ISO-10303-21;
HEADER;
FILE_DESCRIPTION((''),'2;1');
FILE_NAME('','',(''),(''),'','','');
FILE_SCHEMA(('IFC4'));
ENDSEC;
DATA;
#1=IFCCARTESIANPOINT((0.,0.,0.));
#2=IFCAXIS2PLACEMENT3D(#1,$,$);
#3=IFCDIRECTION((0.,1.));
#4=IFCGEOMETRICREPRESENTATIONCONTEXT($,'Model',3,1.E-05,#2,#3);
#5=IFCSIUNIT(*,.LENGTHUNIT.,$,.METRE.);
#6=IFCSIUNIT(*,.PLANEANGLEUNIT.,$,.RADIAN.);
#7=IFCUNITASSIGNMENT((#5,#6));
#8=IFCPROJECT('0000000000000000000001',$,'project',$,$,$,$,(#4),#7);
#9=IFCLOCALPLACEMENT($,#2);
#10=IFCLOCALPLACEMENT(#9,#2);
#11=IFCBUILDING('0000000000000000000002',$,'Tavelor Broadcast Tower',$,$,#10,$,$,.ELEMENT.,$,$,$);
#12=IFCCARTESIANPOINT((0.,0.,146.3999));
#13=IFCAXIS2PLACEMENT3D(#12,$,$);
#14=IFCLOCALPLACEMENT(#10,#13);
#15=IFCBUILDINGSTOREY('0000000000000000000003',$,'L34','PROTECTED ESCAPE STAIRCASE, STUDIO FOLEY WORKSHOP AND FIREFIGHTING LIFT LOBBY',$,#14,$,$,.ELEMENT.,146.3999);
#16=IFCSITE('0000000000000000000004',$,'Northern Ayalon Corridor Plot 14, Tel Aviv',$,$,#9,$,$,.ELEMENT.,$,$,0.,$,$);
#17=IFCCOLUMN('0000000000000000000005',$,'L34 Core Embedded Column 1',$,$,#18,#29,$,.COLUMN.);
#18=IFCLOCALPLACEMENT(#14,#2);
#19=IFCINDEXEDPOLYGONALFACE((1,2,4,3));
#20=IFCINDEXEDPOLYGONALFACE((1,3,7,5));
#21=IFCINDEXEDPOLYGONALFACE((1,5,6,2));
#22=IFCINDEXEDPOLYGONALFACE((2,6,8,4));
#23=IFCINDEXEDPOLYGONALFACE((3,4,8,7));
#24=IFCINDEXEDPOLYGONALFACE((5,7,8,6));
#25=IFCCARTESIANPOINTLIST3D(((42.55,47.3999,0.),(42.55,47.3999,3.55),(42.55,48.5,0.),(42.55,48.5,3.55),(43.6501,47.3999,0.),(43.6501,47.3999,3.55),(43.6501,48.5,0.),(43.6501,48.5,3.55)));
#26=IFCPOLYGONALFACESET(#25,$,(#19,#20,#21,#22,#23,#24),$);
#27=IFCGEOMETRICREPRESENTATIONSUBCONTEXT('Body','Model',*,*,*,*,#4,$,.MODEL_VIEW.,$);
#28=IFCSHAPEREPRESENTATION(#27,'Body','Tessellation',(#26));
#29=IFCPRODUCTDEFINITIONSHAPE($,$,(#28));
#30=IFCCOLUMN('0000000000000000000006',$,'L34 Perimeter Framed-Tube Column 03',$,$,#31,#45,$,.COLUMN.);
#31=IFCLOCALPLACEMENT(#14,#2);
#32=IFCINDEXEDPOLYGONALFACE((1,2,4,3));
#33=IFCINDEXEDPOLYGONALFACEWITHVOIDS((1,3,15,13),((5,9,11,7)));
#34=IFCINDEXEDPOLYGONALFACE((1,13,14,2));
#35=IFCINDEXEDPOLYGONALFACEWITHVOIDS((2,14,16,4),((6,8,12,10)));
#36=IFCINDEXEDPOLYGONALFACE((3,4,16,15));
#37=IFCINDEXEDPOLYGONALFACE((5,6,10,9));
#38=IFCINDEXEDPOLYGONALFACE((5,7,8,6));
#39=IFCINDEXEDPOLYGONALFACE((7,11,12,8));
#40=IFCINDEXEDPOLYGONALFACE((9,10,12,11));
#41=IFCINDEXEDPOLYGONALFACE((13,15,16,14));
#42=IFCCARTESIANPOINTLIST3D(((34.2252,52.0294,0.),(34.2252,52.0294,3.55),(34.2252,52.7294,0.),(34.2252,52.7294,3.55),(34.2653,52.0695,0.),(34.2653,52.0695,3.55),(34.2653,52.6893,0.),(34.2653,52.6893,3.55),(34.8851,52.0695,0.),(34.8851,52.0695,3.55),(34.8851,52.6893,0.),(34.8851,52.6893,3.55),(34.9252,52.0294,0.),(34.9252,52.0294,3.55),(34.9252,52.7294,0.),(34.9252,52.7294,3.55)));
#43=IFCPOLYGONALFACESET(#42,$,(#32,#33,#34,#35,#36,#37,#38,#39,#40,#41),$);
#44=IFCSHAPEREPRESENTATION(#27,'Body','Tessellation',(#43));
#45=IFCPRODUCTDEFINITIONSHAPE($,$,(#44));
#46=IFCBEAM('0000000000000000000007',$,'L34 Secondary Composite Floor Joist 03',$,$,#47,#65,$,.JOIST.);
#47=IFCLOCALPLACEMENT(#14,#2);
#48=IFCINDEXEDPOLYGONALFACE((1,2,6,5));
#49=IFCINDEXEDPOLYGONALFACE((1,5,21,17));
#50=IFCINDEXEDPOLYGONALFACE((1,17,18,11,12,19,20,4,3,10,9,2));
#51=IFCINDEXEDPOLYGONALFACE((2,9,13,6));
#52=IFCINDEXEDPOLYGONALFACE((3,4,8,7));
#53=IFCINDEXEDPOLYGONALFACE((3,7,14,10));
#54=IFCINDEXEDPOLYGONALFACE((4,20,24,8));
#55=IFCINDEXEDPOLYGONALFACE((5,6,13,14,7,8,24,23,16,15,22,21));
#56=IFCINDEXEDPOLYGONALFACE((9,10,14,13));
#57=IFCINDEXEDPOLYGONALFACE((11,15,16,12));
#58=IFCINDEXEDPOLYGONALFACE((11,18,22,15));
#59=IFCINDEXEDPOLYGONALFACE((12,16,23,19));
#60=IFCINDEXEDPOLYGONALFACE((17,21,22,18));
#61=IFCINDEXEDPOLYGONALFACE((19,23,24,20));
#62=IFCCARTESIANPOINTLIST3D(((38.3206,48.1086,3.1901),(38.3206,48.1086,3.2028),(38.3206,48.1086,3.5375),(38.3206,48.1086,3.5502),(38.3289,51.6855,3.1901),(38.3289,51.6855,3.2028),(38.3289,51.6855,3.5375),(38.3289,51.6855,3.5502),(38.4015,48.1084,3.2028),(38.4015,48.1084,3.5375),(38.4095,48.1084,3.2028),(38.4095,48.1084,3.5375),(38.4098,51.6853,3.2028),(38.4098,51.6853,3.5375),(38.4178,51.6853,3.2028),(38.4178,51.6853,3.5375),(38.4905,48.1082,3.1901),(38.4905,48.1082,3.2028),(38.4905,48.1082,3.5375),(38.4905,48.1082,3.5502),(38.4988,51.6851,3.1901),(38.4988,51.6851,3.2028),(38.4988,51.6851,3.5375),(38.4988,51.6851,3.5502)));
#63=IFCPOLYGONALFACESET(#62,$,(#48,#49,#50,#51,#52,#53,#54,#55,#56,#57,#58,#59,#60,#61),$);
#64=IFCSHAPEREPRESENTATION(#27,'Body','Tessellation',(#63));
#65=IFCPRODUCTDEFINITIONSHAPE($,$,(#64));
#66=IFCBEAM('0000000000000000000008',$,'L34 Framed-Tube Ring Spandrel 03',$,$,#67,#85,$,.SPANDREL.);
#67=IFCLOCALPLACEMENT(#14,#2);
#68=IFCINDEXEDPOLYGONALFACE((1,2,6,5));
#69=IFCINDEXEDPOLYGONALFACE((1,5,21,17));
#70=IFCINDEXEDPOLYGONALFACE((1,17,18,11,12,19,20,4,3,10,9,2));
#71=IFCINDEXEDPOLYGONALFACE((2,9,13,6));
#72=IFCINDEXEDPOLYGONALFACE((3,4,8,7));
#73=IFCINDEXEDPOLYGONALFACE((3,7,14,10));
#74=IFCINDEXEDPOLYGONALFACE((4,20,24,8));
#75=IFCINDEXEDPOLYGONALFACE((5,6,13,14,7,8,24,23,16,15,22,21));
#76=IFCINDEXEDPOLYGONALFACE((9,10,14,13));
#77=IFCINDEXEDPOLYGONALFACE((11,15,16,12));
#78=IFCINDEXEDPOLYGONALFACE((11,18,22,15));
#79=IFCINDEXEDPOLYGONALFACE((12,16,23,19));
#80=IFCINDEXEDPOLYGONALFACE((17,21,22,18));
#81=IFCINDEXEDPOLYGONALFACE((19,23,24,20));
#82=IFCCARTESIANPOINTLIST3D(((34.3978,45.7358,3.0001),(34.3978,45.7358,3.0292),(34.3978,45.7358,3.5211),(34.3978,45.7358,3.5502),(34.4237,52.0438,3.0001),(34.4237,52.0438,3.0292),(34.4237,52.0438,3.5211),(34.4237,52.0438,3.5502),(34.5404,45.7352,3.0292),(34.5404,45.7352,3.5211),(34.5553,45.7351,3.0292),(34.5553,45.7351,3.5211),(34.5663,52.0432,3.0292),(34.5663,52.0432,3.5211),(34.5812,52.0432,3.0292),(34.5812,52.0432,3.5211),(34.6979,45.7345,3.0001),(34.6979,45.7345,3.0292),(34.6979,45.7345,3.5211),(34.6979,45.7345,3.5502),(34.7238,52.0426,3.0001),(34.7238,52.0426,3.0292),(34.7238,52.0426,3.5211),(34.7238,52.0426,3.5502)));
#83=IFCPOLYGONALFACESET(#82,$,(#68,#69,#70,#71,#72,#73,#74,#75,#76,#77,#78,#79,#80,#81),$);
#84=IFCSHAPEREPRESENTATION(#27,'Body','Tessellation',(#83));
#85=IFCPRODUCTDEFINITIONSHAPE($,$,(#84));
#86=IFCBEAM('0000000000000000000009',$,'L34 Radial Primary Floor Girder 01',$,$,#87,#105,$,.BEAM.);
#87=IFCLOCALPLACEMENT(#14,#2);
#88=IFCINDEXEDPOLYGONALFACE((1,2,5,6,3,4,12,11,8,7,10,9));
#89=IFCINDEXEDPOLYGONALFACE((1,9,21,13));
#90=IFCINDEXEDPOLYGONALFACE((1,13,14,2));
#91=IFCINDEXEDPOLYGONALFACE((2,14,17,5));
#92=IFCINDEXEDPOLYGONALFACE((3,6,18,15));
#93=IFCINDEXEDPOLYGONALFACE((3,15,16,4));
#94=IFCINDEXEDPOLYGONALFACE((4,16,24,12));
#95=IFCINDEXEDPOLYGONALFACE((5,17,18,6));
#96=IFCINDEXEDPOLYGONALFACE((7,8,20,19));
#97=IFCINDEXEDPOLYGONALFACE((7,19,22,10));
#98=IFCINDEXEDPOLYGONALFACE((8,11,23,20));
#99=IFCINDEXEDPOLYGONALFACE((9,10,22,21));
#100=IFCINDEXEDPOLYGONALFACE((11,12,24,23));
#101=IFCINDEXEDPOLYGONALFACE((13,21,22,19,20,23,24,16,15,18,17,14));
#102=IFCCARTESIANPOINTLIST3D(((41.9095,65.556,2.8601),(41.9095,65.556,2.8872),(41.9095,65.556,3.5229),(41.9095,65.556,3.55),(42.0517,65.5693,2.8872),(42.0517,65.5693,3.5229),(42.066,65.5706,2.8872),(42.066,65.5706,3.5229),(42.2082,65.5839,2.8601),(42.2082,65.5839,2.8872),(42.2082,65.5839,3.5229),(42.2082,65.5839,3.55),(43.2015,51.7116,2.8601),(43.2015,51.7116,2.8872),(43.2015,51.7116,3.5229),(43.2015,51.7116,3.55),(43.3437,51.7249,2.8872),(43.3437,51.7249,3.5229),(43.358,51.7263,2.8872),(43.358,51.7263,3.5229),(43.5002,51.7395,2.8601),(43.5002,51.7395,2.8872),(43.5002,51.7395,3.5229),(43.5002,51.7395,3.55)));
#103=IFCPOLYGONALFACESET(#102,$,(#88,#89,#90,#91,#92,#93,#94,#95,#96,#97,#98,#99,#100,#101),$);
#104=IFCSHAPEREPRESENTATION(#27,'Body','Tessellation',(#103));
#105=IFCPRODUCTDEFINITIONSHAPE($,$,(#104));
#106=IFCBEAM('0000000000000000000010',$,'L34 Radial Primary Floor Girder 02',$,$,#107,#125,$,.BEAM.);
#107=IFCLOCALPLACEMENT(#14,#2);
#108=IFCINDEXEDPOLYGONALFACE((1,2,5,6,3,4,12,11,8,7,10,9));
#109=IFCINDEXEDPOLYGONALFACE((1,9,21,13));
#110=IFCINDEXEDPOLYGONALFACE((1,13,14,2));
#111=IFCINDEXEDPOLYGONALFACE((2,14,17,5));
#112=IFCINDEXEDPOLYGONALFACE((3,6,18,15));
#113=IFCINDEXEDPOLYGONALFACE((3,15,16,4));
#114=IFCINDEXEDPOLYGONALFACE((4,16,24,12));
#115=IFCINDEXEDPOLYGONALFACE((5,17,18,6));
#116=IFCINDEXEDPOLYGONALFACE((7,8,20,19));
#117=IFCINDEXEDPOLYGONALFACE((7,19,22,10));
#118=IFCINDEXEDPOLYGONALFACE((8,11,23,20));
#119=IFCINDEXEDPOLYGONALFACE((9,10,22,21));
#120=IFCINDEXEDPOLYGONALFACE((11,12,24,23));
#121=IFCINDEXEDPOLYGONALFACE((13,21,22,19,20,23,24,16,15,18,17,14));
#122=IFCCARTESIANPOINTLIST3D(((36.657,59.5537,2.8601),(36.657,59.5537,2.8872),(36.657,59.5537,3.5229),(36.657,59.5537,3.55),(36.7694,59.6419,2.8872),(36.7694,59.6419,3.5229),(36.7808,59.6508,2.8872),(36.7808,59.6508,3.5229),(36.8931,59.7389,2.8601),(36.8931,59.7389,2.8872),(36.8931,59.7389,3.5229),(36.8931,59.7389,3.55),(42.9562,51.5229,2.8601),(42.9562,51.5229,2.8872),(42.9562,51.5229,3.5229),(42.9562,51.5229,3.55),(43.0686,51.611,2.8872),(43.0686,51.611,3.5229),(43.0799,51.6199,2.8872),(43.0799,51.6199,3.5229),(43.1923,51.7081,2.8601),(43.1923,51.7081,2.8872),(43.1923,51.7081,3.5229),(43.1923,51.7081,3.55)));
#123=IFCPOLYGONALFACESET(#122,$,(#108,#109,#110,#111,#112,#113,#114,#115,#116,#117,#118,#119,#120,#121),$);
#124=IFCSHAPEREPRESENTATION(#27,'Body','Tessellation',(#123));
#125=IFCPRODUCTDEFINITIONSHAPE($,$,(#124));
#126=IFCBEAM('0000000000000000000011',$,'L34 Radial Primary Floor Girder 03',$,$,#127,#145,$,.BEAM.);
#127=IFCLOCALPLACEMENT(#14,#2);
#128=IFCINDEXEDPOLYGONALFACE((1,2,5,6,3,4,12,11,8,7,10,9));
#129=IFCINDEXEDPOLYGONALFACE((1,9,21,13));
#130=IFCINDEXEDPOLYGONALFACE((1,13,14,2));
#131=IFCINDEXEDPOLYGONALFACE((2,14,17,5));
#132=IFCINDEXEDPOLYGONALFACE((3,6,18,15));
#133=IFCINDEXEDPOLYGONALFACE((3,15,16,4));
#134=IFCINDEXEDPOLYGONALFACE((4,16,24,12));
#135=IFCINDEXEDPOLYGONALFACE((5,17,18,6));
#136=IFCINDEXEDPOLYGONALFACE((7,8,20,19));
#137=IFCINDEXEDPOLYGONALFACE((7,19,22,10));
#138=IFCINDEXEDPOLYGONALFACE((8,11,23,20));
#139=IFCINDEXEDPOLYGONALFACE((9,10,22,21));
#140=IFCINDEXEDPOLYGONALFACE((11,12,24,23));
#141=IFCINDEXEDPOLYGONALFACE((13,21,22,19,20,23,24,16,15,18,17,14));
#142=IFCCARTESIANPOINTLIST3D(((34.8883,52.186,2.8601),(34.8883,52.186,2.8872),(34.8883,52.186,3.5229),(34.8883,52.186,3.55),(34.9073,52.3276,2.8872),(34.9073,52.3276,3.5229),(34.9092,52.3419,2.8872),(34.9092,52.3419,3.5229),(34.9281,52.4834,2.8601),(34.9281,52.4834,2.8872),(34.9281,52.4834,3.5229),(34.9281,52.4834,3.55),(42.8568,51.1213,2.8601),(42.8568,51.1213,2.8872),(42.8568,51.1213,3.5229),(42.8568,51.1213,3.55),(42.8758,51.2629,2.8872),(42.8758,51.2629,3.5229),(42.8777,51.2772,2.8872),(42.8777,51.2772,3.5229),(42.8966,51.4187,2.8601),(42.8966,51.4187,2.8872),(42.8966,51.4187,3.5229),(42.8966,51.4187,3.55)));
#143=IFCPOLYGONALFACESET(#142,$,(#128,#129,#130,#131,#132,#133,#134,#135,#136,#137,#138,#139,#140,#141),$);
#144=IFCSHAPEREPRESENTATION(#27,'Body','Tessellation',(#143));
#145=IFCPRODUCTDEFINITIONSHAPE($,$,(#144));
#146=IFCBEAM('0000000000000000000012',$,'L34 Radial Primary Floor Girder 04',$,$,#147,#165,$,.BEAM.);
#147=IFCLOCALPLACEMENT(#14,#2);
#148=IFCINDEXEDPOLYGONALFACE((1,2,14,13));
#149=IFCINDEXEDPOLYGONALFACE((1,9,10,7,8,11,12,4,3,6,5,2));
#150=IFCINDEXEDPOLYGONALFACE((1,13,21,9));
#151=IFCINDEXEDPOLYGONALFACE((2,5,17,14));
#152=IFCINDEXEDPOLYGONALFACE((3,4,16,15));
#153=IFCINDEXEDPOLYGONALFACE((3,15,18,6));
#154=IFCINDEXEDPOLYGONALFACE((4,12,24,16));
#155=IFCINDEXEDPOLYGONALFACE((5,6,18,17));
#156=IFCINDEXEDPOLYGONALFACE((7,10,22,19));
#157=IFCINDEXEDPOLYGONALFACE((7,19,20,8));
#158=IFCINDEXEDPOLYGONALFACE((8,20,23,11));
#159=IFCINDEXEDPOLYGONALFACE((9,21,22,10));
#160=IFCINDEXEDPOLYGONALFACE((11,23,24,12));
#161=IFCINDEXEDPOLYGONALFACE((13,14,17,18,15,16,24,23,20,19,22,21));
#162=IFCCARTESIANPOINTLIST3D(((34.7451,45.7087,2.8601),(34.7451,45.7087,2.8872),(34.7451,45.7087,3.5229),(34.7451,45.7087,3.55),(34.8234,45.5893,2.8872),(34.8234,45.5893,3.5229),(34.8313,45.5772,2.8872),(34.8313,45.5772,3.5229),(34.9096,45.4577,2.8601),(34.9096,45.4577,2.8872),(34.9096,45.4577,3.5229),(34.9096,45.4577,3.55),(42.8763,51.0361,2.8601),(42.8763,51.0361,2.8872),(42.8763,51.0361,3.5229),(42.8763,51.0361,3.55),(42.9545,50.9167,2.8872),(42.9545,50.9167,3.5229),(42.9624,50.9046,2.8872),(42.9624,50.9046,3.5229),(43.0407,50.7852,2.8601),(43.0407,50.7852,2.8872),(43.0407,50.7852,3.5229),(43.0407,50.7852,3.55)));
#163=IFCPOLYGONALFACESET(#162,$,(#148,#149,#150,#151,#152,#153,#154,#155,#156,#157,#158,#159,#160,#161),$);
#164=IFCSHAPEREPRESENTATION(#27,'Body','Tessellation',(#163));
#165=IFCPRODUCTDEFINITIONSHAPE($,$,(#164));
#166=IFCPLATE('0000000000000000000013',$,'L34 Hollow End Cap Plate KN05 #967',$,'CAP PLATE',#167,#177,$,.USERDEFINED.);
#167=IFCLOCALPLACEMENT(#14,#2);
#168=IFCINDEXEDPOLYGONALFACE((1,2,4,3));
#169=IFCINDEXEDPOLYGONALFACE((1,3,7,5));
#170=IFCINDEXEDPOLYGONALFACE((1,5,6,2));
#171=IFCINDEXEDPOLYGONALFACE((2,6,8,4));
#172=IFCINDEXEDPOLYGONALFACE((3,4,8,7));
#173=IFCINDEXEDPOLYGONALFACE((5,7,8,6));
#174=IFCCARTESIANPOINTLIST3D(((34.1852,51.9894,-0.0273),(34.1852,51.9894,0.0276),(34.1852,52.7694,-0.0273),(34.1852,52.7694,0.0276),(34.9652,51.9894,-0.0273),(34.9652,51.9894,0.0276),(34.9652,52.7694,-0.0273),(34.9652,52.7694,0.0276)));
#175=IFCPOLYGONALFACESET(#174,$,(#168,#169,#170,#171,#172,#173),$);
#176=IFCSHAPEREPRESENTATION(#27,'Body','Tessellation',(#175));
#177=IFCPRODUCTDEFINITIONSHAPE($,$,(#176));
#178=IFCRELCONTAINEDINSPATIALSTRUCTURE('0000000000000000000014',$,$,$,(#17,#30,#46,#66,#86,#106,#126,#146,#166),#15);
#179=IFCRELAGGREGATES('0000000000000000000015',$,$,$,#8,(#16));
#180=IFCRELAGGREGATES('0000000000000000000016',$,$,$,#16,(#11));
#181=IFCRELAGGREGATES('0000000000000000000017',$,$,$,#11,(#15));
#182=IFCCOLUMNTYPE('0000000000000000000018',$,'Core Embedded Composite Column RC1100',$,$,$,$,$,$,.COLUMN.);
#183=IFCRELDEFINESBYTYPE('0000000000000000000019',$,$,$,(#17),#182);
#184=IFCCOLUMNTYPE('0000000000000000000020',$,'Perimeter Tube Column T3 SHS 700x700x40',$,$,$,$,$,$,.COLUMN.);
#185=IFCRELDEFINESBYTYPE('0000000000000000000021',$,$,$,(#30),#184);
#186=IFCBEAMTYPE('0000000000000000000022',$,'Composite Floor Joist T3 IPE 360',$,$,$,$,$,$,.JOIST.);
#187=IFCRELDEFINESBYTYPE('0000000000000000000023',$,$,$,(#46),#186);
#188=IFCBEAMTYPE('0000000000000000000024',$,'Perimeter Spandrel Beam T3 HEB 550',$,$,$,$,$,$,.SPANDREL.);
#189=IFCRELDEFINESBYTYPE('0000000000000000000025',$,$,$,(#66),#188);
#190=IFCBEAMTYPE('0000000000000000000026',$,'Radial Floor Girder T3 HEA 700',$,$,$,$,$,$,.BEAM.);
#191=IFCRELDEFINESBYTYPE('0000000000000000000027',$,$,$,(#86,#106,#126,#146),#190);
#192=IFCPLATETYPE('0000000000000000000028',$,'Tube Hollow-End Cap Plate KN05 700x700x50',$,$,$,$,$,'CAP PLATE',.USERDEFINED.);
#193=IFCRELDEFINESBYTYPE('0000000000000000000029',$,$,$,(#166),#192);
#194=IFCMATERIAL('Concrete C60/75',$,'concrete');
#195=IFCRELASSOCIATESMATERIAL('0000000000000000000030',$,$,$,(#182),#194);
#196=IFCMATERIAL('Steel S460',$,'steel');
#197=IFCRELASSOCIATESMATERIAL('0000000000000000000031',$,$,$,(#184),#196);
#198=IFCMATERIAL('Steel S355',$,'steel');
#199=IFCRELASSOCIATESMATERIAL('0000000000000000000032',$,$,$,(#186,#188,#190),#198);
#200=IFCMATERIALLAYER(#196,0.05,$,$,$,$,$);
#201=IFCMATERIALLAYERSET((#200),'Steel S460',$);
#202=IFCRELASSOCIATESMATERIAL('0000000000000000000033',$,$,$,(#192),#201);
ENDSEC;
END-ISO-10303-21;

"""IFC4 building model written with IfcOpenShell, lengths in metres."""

from ifc_helpers import new_model, si_unit, direction, frame, origin, origin_2d, place, context, subcontext, project, spatial, rectangle, hollow_rectangle, i_section, extrude, source, transform, mapped, material, layer, layer_set, material_profile, profile_set, type_object, type_shapes, element, save


model = new_model("IFC4")

# Units and contexts
model_context = context("Model", 3, precision=1e-05, world=origin(), true_north=direction((0.0, 1.0)))
body_context = subcontext(model_context, "Body", "Model", "MODEL_VIEW")
ifc_project = project(units=[si_unit("LENGTHUNIT", "METRE"), si_unit("PLANEANGLEUNIT", "RADIAN")], contexts=[model_context])

# Site, building, storey
site_placement = place(None, origin())
site = spatial("IfcSite", under=ifc_project, at=site_placement, Name="Northern Ayalon Corridor Plot 14, Tel Aviv", CompositionType="ELEMENT", RefElevation=0.0)
building_placement = place(site_placement, origin())
building = spatial("IfcBuilding", under=site, at=building_placement, Name="Tavelor Broadcast Tower", CompositionType="ELEMENT")
storey_placement = place(building_placement, frame((0.0, 0.0, 146.3999)))
storey = spatial("IfcBuildingStorey", under=building, at=storey_placement, Name="L34", Description="PROTECTED ESCAPE STAIRCASE, STUDIO FOLEY WORKSHOP AND FIREFIGHTING LIFT LOBBY", CompositionType="ELEMENT", Elevation=146.3999)

# Columns
ifc_material_1 = material(Name="Concrete C60/75", Category="concrete")
ifc_material_profile_1 = material_profile(ifc_material_1, rectangle(XDim=1.1001, YDim=1.1001, at=origin_2d()), Name="RC 1100x1100")
ifc_profile_set_1 = profile_set([ifc_material_profile_1], Name="Concrete C60/75")
column_type_1 = type_object("IfcColumnType", Name="Core Embedded Composite Column RC1100", PredefinedType="COLUMN", material=ifc_profile_set_1)
column_1_placement = place(storey_placement, frame((43.1001, 47.95, 0.0), z_axis=(0.0, 0.0, 1.0), x_axis=(1.0, 0.0, 0.0)))
element("IfcColumn", 1, at=column_1_placement, inside=storey, type_object=column_type_1, Name="L34 Core Embedded Column 1", PredefinedType="COLUMN", context=body_context, shape_type="SweptSolid", body=[
    extrude(rectangle(XDim=1.1001, YDim=1.1001, at=origin_2d()), origin(), (0.0, 0.0, 1.0), 3.55),
])
ifc_material_2 = material(Name="Steel S460", Category="steel")
ifc_material_profile_2 = material_profile(ifc_material_2, hollow_rectangle(XDim=0.7, YDim=0.7, WallThickness=0.04, at=origin_2d()), Name="SHS 700x700x40")
ifc_profile_set_2 = profile_set([ifc_material_profile_2], Name="Steel S460")
column_type_2 = type_object("IfcColumnType", Name="Perimeter Tube Column T3 SHS 700x700x40", PredefinedType="COLUMN", material=ifc_profile_set_2)
column_2_placement = place(storey_placement, frame((34.5752, 52.3794, 0.0), z_axis=(0.0, 0.0, 1.0), x_axis=(1.0, 0.0, 0.0)))
element("IfcColumn", 2, at=column_2_placement, inside=storey, type_object=column_type_2, Name="L34 Perimeter Framed-Tube Column 03", PredefinedType="COLUMN", context=body_context, shape_type="SweptSolid", body=[
    extrude(hollow_rectangle(XDim=0.7, YDim=0.7, WallThickness=0.04, at=origin_2d()), origin(), (0.0, 0.0, 1.0), 3.55),
])

# Beams
ifc_material_3 = material(Name="Steel S355", Category="steel")
ifc_material_profile_3 = material_profile(ifc_material_3, i_section(OverallWidth=0.1699, OverallDepth=0.3601, WebThickness=0.0081, FlangeThickness=0.0127, at=origin_2d()), Name="IPE 360")
ifc_profile_set_3 = profile_set([ifc_material_profile_3], Name="Steel S355")
beam_type_1 = type_object("IfcBeamType", Name="Composite Floor Joist T3 IPE 360", PredefinedType="JOIST", material=ifc_profile_set_3)
beam_1_placement = place(storey_placement, frame((38.4138, 51.6853, 3.3701), z_axis=(-0.002321, -0.999997, 0.0), x_axis=(0.999997, -0.002321, 0.0)))
element("IfcBeam", 3, at=beam_1_placement, inside=storey, type_object=beam_type_1, Name="L34 Secondary Composite Floor Joist 03", PredefinedType="JOIST", context=body_context, shape_type="SweptSolid", body=[
    extrude(i_section(OverallWidth=0.1699, OverallDepth=0.3601, WebThickness=0.0081, FlangeThickness=0.0127, at=origin_2d()), origin(), (0.0, 0.0, 1.0), 3.5769),
])
ifc_material_profile_4 = material_profile(ifc_material_3, i_section(OverallWidth=0.3, OverallDepth=0.55, WebThickness=0.0149, FlangeThickness=0.0291, at=origin_2d()), Name="HEB 550")
ifc_profile_set_4 = profile_set([ifc_material_profile_4], Name="Steel S355")
beam_type_2 = type_object("IfcBeamType", Name="Perimeter Spandrel Beam T3 HEB 550", PredefinedType="SPANDREL", material=ifc_profile_set_4)
beam_2_placement = place(storey_placement, frame((34.5737, 52.0432, 3.2751), z_axis=(-0.004102, -0.999992, 0.0), x_axis=(0.999992, -0.004102, 0.0)))
element("IfcBeam", 4, at=beam_2_placement, inside=storey, type_object=beam_type_2, Name="L34 Framed-Tube Ring Spandrel 03", PredefinedType="SPANDREL", context=body_context, shape_type="SweptSolid", body=[
    extrude(i_section(OverallWidth=0.3, OverallDepth=0.55, WebThickness=0.0149, FlangeThickness=0.0291, at=origin_2d()), origin(), (0.0, 0.0, 1.0), 6.3081),
])
ifc_material_profile_5 = material_profile(ifc_material_3, i_section(OverallWidth=0.3, OverallDepth=0.6899, WebThickness=0.0144, FlangeThickness=0.0271, at=origin_2d()), Name="HEA 700")
ifc_profile_set_5 = profile_set([ifc_material_profile_5], Name="Steel S355")
beam_type_3 = type_object("IfcBeamType", Name="Radial Floor Girder T3 HEA 700", PredefinedType="BEAM", material=ifc_profile_set_5)
beam_3_placement = place(storey_placement, frame((43.3508, 51.7256, 3.2051), z_axis=(-0.092918, 0.995674, 0.0), x_axis=(-0.995674, -0.092918, 0.0)))
element("IfcBeam", 5, at=beam_3_placement, inside=storey, type_object=beam_type_3, Name="L34 Radial Primary Floor Girder 01", PredefinedType="BEAM", context=body_context, shape_type="SweptSolid", body=[
    extrude(i_section(OverallWidth=0.3, OverallDepth=0.6899, WebThickness=0.0144, FlangeThickness=0.0271, at=origin_2d()), origin(), (0.0, 0.0, 1.0), 13.9045),
])
beam_4_placement = place(storey_placement, frame((43.0742, 51.6155, 3.2051), z_axis=(-0.617166, 0.786833, 0.0), x_axis=(-0.786833, -0.617166, 0.0)))
element("IfcBeam", 6, at=beam_4_placement, inside=storey, type_object=beam_type_3, Name="L34 Radial Primary Floor Girder 02", PredefinedType="BEAM", context=body_context, shape_type="SweptSolid", body=[
    extrude(i_section(OverallWidth=0.3, OverallDepth=0.6899, WebThickness=0.0144, FlangeThickness=0.0271, at=origin_2d()), origin(), (0.0, 0.0, 1.0), 10.2065),
])
beam_5_placement = place(storey_placement, frame((42.8767, 51.27, 3.2051), z_axis=(-0.991192, 0.132436, 0.0), x_axis=(-0.132436, -0.991192, 0.0)))
element("IfcBeam", 7, at=beam_5_placement, inside=storey, type_object=beam_type_3, Name="L34 Radial Primary Floor Girder 03", PredefinedType="BEAM", context=body_context, shape_type="SweptSolid", body=[
    extrude(i_section(OverallWidth=0.3, OverallDepth=0.6899, WebThickness=0.0144, FlangeThickness=0.0271, at=origin_2d()), origin(), (0.0, 0.0, 1.0), 8.0393),
])
beam_6_placement = place(storey_placement, frame((42.9585, 50.9106, 3.2051), z_axis=(-0.836456, -0.548035, 0.0), x_axis=(0.548035, -0.836456, 0.0)))
element("IfcBeam", 8, at=beam_6_placement, inside=storey, type_object=beam_type_3, Name="L34 Radial Primary Floor Girder 04", PredefinedType="BEAM", context=body_context, shape_type="SweptSolid", body=[
    extrude(i_section(OverallWidth=0.3, OverallDepth=0.6899, WebThickness=0.0144, FlangeThickness=0.0271, at=origin_2d()), origin(), (0.0, 0.0, 1.0), 9.7209),
])

# Plate
ifc_layer_1 = layer(ifc_material_2, 0.05)
ifc_layer_set_1 = layer_set([ifc_layer_1], Name="Steel S460")
plate_type_1 = type_object("IfcPlateType", Name="Tube Hollow-End Cap Plate KN05 700x700x50", ElementType="CAP PLATE", PredefinedType="USERDEFINED", material=ifc_layer_set_1)
shared_shape_1 = source(origin(), body_context, "Body", "SweptSolid", [
    extrude(rectangle(XDim=0.78, YDim=0.78, at=origin_2d()), origin(), (0.0, 0.0, 1.0), 0.0549),
])
type_shapes(plate_type_1, [shared_shape_1])
for number, where, z_axis, x_axis, name in (
    (9, (34.5752, 52.3794, -0.0273), (0.0, 0.0, 1.0), (1.0, 0.0, 0.0), "L34 Hollow End Cap Plate KN05 #967"),
):
    element("IfcPlate", number, at=place(storey_placement, frame(where, z_axis=z_axis, x_axis=x_axis)), inside=storey, type_object=plate_type_1, Name=name, ObjectType="CAP PLATE", PredefinedType="USERDEFINED", context=body_context, shape_type="MappedRepresentation", body=[
        mapped(shared_shape_1, transform((0.0, 0.0, 0.0), scale=1.0)),
    ])

save(model, "model.ifc")
